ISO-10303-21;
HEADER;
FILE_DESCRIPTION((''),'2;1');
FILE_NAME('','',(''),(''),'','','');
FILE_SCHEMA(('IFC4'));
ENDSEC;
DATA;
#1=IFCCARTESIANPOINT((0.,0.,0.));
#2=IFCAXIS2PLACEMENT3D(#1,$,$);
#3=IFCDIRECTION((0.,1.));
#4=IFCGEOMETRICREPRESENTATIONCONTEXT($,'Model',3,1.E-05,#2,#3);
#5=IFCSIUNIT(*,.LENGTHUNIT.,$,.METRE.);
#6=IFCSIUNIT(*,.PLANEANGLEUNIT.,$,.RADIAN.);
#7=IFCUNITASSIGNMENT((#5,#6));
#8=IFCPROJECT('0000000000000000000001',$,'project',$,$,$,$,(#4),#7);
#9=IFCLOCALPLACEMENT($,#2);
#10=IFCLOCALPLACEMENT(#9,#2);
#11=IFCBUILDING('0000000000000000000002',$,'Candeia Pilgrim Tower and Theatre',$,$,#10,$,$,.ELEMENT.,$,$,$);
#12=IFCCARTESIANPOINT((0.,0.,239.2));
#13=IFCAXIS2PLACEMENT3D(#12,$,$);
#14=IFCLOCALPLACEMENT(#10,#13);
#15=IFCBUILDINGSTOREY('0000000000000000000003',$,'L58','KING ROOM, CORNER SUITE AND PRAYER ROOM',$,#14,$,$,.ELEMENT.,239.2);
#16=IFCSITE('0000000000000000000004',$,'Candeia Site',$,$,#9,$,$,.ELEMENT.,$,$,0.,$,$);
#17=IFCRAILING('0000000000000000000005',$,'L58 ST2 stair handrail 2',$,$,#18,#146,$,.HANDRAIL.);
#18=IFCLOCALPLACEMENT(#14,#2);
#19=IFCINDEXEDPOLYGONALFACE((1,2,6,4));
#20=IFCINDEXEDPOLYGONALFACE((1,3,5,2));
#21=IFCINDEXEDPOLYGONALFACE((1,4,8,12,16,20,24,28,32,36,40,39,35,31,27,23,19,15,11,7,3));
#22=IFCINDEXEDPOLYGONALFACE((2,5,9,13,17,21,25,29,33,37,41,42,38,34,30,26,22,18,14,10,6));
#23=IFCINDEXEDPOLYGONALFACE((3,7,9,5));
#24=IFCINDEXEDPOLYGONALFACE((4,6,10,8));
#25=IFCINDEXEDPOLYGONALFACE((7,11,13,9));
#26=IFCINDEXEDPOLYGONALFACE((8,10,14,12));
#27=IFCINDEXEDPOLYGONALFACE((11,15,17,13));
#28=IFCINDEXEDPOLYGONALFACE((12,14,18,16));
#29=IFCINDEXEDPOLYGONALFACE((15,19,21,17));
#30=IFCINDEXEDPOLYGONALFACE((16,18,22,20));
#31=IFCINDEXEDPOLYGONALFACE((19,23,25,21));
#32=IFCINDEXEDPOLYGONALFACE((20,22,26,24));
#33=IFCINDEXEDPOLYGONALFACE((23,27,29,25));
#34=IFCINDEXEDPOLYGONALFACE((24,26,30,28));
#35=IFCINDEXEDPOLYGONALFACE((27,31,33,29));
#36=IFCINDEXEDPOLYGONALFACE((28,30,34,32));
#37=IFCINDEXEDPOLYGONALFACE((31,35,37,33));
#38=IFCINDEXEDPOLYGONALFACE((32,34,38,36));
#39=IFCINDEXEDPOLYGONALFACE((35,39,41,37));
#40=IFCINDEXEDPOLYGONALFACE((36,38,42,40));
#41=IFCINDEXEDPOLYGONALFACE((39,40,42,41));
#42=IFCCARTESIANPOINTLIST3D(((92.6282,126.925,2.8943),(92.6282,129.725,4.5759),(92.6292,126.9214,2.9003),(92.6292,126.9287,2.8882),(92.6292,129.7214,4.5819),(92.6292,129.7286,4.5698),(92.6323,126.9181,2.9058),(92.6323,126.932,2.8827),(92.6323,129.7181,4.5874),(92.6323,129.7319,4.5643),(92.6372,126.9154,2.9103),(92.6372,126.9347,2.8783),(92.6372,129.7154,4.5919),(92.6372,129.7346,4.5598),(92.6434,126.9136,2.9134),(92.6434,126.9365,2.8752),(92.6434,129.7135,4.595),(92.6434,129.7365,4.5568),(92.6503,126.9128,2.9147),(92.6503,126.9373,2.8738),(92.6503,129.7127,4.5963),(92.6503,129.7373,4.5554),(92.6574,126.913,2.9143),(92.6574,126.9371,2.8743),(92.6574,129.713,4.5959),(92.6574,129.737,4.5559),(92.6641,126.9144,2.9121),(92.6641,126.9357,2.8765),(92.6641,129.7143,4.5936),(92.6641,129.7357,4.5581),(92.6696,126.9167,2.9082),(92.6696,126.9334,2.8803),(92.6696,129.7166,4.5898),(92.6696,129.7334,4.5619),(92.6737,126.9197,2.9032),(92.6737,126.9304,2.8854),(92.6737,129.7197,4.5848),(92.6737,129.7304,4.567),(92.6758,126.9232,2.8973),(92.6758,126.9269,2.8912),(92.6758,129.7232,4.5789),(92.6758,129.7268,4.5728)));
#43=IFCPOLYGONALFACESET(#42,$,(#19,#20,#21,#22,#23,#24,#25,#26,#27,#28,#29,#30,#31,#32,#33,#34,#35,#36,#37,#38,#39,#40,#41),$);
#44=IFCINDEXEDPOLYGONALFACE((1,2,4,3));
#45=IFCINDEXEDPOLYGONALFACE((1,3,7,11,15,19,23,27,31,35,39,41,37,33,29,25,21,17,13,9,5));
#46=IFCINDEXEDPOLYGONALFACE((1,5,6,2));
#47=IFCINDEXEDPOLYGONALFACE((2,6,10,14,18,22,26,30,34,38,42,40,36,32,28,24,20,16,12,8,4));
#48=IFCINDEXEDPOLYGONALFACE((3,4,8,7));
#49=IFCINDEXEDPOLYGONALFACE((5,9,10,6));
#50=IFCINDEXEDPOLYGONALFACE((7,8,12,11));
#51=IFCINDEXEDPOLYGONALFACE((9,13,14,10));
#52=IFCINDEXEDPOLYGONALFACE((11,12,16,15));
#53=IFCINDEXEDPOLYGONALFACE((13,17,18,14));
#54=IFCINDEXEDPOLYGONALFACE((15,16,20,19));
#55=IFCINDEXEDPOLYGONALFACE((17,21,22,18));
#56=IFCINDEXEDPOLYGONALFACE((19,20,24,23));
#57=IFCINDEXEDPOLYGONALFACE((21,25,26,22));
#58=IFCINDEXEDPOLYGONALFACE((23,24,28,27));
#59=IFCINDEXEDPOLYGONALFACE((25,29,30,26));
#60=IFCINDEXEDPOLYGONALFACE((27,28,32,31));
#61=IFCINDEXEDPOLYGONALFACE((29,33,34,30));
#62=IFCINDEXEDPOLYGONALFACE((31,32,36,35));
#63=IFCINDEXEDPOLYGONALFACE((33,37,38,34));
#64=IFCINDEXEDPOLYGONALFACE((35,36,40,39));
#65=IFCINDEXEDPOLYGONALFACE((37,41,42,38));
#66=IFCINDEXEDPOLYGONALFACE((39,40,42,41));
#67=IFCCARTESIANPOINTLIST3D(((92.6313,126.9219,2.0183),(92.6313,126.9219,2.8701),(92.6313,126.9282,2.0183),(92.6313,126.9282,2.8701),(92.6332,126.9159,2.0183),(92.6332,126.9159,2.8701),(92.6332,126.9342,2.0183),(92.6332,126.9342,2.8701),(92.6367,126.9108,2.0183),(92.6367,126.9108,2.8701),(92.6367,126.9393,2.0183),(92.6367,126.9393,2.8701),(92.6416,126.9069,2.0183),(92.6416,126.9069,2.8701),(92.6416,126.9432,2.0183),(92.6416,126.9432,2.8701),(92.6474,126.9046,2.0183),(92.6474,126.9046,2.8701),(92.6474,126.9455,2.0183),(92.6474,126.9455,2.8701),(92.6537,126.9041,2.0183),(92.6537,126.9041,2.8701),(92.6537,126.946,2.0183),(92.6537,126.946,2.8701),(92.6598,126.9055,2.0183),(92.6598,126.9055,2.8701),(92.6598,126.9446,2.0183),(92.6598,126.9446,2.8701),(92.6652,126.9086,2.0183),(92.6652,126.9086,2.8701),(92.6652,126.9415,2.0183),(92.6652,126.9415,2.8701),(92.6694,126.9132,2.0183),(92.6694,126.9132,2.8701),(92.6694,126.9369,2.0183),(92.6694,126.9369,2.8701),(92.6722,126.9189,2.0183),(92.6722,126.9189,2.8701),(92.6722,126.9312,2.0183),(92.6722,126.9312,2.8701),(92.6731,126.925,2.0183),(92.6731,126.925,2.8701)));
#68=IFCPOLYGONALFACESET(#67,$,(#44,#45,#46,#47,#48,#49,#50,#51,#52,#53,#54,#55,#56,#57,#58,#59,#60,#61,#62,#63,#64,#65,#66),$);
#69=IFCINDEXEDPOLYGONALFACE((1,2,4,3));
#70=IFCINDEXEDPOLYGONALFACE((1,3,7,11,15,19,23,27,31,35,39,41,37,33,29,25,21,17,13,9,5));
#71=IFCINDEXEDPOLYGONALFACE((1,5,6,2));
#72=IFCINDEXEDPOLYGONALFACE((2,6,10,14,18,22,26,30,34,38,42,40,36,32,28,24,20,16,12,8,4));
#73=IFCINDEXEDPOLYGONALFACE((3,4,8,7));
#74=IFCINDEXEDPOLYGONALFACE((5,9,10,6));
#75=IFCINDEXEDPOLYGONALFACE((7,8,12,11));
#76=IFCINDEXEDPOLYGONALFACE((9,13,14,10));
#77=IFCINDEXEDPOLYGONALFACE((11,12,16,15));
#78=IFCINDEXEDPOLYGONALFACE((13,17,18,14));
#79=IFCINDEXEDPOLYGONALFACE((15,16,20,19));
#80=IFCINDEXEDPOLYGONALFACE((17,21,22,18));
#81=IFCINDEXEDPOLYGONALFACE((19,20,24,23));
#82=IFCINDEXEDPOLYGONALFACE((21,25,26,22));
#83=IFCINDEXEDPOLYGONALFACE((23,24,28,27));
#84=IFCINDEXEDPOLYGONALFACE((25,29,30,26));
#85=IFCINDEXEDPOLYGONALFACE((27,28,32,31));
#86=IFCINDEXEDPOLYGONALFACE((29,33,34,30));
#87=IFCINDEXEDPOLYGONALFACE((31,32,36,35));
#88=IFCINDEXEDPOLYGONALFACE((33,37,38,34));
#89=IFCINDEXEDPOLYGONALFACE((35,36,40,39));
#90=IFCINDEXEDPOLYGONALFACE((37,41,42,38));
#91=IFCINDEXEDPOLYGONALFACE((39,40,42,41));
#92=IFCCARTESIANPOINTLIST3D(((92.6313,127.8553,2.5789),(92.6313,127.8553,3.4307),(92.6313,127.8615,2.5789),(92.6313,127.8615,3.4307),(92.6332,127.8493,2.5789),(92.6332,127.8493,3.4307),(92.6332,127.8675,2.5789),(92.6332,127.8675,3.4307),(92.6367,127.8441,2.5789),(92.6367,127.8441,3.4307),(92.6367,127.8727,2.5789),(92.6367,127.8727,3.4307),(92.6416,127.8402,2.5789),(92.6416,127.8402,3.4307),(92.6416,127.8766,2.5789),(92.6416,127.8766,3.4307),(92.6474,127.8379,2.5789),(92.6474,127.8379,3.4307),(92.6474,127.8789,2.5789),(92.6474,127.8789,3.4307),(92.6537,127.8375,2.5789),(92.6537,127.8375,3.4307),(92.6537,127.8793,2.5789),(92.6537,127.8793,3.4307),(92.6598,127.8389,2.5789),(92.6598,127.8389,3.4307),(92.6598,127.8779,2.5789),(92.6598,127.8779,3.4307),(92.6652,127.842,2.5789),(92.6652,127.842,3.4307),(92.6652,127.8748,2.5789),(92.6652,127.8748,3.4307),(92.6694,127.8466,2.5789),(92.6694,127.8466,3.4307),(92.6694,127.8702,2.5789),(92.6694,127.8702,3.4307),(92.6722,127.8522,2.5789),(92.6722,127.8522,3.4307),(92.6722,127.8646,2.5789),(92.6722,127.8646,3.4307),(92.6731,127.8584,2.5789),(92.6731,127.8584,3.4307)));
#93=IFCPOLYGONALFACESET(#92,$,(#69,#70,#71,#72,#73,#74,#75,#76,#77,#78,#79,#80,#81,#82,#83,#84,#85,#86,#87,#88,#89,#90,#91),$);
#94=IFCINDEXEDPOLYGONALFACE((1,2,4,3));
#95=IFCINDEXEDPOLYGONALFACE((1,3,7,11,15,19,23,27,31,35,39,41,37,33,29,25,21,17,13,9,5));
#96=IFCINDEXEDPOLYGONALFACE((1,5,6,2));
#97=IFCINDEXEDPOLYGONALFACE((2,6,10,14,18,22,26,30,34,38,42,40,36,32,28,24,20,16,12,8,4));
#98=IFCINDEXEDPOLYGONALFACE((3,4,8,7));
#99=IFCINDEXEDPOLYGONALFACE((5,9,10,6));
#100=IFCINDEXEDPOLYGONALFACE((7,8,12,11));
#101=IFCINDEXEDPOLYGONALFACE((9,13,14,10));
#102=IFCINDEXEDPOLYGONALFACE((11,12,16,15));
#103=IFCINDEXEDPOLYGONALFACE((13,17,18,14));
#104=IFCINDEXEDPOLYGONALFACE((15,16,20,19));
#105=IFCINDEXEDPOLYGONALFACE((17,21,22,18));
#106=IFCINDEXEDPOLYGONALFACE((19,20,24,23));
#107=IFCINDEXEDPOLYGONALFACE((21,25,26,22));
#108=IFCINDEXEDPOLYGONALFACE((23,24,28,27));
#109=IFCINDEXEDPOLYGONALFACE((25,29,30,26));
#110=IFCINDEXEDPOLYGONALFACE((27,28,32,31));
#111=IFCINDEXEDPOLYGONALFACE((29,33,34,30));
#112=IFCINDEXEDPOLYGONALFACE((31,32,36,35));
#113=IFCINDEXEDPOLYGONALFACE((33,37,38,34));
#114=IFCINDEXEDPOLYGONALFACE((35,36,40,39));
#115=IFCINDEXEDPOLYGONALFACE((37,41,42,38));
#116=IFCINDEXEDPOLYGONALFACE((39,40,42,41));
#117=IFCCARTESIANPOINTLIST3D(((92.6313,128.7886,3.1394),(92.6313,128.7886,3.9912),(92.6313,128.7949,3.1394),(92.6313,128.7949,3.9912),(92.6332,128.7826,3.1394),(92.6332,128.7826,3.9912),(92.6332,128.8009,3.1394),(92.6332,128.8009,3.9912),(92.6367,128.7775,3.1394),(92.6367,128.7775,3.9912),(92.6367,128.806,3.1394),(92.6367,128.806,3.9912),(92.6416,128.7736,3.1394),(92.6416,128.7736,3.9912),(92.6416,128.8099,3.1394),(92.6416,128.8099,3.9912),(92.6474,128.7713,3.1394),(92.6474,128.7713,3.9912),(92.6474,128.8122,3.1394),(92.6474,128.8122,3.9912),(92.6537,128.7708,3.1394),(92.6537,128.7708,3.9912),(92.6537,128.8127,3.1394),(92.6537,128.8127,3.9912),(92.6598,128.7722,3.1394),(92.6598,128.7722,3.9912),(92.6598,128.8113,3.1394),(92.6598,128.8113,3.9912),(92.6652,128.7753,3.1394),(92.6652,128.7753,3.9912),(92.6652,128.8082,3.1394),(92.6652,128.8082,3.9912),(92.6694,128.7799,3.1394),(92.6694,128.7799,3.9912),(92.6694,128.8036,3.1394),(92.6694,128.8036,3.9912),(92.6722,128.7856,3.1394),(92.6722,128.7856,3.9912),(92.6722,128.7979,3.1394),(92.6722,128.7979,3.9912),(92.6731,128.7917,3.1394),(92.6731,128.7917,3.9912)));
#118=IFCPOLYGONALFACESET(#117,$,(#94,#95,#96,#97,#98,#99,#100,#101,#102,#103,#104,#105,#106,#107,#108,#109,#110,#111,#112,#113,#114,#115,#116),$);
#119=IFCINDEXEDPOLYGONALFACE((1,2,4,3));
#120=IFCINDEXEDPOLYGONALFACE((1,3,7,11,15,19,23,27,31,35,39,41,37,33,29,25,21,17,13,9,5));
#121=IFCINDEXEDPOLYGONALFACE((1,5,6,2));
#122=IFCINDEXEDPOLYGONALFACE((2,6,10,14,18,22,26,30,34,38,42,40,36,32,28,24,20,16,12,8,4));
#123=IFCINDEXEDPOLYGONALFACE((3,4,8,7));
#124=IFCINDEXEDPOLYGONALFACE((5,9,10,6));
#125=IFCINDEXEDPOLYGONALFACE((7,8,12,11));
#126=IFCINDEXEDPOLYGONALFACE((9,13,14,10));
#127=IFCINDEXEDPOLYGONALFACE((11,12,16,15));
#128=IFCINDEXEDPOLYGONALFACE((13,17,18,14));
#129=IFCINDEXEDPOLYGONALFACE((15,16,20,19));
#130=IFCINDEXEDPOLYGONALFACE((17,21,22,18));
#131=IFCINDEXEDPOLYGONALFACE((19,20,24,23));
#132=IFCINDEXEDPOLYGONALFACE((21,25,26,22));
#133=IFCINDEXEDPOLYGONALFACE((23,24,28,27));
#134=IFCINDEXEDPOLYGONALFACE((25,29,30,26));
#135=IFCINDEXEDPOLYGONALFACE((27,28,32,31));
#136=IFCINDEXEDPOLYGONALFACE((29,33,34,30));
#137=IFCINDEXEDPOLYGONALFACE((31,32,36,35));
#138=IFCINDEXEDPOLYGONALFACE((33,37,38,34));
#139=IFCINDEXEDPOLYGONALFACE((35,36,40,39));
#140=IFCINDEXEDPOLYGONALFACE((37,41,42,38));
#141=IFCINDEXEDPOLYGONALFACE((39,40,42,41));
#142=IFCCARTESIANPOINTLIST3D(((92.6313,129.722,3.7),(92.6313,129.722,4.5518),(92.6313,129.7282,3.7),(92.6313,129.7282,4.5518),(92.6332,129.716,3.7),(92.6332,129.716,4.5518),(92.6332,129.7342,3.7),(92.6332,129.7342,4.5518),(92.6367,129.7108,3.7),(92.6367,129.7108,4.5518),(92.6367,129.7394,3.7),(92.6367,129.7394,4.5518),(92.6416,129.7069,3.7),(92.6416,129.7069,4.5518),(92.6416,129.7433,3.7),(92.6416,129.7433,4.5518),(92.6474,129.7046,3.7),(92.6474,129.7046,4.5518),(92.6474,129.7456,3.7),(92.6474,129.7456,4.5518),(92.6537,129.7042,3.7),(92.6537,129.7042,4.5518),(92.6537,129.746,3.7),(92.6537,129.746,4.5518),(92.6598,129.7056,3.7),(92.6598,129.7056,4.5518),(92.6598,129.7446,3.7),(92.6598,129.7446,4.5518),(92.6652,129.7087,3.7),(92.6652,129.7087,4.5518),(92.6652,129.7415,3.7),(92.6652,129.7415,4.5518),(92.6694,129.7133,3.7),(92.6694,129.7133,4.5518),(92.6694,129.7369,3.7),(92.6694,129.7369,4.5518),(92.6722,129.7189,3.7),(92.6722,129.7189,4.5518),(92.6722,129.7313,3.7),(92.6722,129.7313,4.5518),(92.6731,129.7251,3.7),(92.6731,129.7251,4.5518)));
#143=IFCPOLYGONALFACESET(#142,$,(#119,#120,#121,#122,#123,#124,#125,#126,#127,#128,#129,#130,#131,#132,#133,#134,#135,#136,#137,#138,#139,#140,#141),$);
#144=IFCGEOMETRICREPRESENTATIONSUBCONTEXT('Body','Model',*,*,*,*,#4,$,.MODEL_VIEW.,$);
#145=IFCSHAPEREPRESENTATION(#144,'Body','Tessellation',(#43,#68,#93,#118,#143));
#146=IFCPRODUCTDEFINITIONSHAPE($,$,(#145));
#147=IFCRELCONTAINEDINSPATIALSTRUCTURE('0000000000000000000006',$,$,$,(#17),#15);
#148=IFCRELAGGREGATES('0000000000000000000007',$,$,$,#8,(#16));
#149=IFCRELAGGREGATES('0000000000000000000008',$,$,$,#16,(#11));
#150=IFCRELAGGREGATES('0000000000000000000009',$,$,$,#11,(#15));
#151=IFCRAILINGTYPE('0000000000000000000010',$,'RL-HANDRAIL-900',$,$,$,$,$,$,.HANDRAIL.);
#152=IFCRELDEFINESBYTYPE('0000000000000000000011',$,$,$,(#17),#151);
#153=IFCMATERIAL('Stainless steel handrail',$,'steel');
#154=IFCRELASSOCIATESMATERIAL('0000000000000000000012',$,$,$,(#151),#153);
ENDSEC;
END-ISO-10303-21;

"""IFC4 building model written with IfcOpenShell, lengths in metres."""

from ifc_helpers import new_model, si_unit, direction, frame, origin, origin_2d, place, context, subcontext, project, spatial, circle, extrude, material, type_object, element, save


model = new_model("IFC4")

# Units and contexts
model_context = context("Model", 3, precision=1e-05, world=origin(), true_north=direction((0.0, 1.0)))
body_context = subcontext(model_context, "Body", "Model", "MODEL_VIEW")
ifc_project = project(units=[si_unit("LENGTHUNIT", "METRE"), si_unit("PLANEANGLEUNIT", "RADIAN")], contexts=[model_context])

# Site, building, storey
site_placement = place(None, origin())
site = spatial("IfcSite", under=ifc_project, at=site_placement, Name="Candeia Site", CompositionType="ELEMENT", RefElevation=0.0)
building_placement = place(site_placement, origin())
building = spatial("IfcBuilding", under=site, at=building_placement, Name="Candeia Pilgrim Tower and Theatre", CompositionType="ELEMENT")
storey_placement = place(building_placement, frame((0.0, 0.0, 239.2)))
storey = spatial("IfcBuildingStorey", under=building, at=storey_placement, Name="L58", Description="KING ROOM, CORNER SUITE AND PRAYER ROOM", CompositionType="ELEMENT", Elevation=239.2)

# Railing
ifc_material_1 = material(Name="Stainless steel handrail", Category="steel")
railing_type = type_object("IfcRailingType", Name="RL-HANDRAIL-900", PredefinedType="HANDRAIL", material=ifc_material_1)
for number, where, name in (
    (1, (92.6521, 126.925, 2.0183), "L58 ST2 stair handrail 2"),
):
    element("IfcRailing", number, at=place(storey_placement, frame(where)), inside=storey, type_object=railing_type, Name=name, PredefinedType="HANDRAIL", context=body_context, shape_type="SweptSolid", body=[
        extrude(circle(Radius=0.0239, at=origin_2d()), frame((0.0, 0.0, 0.876), z_axis=(0.0, 0.857275, 0.514858), x_axis=(-1.0, 0.0, 0.0)), (0.0, 0.0, 1.0), 3.2661),
        extrude(circle(Radius=0.021, at=origin_2d()), origin(), (0.0, 0.0, 1.0), 0.8518),
        extrude(circle(Radius=0.021, at=origin_2d()), frame((0.0, 0.9333, 0.5605)), (0.0, 0.0, 1.0), 0.8518),
        extrude(circle(Radius=0.021, at=origin_2d()), frame((0.0, 1.8667, 1.1211)), (0.0, 0.0, 1.0), 0.8518),
        extrude(circle(Radius=0.021, at=origin_2d()), frame((0.0, 2.8, 1.6816)), (0.0, 0.0, 1.0), 0.8518),
    ])

save(model, "model.ifc")
